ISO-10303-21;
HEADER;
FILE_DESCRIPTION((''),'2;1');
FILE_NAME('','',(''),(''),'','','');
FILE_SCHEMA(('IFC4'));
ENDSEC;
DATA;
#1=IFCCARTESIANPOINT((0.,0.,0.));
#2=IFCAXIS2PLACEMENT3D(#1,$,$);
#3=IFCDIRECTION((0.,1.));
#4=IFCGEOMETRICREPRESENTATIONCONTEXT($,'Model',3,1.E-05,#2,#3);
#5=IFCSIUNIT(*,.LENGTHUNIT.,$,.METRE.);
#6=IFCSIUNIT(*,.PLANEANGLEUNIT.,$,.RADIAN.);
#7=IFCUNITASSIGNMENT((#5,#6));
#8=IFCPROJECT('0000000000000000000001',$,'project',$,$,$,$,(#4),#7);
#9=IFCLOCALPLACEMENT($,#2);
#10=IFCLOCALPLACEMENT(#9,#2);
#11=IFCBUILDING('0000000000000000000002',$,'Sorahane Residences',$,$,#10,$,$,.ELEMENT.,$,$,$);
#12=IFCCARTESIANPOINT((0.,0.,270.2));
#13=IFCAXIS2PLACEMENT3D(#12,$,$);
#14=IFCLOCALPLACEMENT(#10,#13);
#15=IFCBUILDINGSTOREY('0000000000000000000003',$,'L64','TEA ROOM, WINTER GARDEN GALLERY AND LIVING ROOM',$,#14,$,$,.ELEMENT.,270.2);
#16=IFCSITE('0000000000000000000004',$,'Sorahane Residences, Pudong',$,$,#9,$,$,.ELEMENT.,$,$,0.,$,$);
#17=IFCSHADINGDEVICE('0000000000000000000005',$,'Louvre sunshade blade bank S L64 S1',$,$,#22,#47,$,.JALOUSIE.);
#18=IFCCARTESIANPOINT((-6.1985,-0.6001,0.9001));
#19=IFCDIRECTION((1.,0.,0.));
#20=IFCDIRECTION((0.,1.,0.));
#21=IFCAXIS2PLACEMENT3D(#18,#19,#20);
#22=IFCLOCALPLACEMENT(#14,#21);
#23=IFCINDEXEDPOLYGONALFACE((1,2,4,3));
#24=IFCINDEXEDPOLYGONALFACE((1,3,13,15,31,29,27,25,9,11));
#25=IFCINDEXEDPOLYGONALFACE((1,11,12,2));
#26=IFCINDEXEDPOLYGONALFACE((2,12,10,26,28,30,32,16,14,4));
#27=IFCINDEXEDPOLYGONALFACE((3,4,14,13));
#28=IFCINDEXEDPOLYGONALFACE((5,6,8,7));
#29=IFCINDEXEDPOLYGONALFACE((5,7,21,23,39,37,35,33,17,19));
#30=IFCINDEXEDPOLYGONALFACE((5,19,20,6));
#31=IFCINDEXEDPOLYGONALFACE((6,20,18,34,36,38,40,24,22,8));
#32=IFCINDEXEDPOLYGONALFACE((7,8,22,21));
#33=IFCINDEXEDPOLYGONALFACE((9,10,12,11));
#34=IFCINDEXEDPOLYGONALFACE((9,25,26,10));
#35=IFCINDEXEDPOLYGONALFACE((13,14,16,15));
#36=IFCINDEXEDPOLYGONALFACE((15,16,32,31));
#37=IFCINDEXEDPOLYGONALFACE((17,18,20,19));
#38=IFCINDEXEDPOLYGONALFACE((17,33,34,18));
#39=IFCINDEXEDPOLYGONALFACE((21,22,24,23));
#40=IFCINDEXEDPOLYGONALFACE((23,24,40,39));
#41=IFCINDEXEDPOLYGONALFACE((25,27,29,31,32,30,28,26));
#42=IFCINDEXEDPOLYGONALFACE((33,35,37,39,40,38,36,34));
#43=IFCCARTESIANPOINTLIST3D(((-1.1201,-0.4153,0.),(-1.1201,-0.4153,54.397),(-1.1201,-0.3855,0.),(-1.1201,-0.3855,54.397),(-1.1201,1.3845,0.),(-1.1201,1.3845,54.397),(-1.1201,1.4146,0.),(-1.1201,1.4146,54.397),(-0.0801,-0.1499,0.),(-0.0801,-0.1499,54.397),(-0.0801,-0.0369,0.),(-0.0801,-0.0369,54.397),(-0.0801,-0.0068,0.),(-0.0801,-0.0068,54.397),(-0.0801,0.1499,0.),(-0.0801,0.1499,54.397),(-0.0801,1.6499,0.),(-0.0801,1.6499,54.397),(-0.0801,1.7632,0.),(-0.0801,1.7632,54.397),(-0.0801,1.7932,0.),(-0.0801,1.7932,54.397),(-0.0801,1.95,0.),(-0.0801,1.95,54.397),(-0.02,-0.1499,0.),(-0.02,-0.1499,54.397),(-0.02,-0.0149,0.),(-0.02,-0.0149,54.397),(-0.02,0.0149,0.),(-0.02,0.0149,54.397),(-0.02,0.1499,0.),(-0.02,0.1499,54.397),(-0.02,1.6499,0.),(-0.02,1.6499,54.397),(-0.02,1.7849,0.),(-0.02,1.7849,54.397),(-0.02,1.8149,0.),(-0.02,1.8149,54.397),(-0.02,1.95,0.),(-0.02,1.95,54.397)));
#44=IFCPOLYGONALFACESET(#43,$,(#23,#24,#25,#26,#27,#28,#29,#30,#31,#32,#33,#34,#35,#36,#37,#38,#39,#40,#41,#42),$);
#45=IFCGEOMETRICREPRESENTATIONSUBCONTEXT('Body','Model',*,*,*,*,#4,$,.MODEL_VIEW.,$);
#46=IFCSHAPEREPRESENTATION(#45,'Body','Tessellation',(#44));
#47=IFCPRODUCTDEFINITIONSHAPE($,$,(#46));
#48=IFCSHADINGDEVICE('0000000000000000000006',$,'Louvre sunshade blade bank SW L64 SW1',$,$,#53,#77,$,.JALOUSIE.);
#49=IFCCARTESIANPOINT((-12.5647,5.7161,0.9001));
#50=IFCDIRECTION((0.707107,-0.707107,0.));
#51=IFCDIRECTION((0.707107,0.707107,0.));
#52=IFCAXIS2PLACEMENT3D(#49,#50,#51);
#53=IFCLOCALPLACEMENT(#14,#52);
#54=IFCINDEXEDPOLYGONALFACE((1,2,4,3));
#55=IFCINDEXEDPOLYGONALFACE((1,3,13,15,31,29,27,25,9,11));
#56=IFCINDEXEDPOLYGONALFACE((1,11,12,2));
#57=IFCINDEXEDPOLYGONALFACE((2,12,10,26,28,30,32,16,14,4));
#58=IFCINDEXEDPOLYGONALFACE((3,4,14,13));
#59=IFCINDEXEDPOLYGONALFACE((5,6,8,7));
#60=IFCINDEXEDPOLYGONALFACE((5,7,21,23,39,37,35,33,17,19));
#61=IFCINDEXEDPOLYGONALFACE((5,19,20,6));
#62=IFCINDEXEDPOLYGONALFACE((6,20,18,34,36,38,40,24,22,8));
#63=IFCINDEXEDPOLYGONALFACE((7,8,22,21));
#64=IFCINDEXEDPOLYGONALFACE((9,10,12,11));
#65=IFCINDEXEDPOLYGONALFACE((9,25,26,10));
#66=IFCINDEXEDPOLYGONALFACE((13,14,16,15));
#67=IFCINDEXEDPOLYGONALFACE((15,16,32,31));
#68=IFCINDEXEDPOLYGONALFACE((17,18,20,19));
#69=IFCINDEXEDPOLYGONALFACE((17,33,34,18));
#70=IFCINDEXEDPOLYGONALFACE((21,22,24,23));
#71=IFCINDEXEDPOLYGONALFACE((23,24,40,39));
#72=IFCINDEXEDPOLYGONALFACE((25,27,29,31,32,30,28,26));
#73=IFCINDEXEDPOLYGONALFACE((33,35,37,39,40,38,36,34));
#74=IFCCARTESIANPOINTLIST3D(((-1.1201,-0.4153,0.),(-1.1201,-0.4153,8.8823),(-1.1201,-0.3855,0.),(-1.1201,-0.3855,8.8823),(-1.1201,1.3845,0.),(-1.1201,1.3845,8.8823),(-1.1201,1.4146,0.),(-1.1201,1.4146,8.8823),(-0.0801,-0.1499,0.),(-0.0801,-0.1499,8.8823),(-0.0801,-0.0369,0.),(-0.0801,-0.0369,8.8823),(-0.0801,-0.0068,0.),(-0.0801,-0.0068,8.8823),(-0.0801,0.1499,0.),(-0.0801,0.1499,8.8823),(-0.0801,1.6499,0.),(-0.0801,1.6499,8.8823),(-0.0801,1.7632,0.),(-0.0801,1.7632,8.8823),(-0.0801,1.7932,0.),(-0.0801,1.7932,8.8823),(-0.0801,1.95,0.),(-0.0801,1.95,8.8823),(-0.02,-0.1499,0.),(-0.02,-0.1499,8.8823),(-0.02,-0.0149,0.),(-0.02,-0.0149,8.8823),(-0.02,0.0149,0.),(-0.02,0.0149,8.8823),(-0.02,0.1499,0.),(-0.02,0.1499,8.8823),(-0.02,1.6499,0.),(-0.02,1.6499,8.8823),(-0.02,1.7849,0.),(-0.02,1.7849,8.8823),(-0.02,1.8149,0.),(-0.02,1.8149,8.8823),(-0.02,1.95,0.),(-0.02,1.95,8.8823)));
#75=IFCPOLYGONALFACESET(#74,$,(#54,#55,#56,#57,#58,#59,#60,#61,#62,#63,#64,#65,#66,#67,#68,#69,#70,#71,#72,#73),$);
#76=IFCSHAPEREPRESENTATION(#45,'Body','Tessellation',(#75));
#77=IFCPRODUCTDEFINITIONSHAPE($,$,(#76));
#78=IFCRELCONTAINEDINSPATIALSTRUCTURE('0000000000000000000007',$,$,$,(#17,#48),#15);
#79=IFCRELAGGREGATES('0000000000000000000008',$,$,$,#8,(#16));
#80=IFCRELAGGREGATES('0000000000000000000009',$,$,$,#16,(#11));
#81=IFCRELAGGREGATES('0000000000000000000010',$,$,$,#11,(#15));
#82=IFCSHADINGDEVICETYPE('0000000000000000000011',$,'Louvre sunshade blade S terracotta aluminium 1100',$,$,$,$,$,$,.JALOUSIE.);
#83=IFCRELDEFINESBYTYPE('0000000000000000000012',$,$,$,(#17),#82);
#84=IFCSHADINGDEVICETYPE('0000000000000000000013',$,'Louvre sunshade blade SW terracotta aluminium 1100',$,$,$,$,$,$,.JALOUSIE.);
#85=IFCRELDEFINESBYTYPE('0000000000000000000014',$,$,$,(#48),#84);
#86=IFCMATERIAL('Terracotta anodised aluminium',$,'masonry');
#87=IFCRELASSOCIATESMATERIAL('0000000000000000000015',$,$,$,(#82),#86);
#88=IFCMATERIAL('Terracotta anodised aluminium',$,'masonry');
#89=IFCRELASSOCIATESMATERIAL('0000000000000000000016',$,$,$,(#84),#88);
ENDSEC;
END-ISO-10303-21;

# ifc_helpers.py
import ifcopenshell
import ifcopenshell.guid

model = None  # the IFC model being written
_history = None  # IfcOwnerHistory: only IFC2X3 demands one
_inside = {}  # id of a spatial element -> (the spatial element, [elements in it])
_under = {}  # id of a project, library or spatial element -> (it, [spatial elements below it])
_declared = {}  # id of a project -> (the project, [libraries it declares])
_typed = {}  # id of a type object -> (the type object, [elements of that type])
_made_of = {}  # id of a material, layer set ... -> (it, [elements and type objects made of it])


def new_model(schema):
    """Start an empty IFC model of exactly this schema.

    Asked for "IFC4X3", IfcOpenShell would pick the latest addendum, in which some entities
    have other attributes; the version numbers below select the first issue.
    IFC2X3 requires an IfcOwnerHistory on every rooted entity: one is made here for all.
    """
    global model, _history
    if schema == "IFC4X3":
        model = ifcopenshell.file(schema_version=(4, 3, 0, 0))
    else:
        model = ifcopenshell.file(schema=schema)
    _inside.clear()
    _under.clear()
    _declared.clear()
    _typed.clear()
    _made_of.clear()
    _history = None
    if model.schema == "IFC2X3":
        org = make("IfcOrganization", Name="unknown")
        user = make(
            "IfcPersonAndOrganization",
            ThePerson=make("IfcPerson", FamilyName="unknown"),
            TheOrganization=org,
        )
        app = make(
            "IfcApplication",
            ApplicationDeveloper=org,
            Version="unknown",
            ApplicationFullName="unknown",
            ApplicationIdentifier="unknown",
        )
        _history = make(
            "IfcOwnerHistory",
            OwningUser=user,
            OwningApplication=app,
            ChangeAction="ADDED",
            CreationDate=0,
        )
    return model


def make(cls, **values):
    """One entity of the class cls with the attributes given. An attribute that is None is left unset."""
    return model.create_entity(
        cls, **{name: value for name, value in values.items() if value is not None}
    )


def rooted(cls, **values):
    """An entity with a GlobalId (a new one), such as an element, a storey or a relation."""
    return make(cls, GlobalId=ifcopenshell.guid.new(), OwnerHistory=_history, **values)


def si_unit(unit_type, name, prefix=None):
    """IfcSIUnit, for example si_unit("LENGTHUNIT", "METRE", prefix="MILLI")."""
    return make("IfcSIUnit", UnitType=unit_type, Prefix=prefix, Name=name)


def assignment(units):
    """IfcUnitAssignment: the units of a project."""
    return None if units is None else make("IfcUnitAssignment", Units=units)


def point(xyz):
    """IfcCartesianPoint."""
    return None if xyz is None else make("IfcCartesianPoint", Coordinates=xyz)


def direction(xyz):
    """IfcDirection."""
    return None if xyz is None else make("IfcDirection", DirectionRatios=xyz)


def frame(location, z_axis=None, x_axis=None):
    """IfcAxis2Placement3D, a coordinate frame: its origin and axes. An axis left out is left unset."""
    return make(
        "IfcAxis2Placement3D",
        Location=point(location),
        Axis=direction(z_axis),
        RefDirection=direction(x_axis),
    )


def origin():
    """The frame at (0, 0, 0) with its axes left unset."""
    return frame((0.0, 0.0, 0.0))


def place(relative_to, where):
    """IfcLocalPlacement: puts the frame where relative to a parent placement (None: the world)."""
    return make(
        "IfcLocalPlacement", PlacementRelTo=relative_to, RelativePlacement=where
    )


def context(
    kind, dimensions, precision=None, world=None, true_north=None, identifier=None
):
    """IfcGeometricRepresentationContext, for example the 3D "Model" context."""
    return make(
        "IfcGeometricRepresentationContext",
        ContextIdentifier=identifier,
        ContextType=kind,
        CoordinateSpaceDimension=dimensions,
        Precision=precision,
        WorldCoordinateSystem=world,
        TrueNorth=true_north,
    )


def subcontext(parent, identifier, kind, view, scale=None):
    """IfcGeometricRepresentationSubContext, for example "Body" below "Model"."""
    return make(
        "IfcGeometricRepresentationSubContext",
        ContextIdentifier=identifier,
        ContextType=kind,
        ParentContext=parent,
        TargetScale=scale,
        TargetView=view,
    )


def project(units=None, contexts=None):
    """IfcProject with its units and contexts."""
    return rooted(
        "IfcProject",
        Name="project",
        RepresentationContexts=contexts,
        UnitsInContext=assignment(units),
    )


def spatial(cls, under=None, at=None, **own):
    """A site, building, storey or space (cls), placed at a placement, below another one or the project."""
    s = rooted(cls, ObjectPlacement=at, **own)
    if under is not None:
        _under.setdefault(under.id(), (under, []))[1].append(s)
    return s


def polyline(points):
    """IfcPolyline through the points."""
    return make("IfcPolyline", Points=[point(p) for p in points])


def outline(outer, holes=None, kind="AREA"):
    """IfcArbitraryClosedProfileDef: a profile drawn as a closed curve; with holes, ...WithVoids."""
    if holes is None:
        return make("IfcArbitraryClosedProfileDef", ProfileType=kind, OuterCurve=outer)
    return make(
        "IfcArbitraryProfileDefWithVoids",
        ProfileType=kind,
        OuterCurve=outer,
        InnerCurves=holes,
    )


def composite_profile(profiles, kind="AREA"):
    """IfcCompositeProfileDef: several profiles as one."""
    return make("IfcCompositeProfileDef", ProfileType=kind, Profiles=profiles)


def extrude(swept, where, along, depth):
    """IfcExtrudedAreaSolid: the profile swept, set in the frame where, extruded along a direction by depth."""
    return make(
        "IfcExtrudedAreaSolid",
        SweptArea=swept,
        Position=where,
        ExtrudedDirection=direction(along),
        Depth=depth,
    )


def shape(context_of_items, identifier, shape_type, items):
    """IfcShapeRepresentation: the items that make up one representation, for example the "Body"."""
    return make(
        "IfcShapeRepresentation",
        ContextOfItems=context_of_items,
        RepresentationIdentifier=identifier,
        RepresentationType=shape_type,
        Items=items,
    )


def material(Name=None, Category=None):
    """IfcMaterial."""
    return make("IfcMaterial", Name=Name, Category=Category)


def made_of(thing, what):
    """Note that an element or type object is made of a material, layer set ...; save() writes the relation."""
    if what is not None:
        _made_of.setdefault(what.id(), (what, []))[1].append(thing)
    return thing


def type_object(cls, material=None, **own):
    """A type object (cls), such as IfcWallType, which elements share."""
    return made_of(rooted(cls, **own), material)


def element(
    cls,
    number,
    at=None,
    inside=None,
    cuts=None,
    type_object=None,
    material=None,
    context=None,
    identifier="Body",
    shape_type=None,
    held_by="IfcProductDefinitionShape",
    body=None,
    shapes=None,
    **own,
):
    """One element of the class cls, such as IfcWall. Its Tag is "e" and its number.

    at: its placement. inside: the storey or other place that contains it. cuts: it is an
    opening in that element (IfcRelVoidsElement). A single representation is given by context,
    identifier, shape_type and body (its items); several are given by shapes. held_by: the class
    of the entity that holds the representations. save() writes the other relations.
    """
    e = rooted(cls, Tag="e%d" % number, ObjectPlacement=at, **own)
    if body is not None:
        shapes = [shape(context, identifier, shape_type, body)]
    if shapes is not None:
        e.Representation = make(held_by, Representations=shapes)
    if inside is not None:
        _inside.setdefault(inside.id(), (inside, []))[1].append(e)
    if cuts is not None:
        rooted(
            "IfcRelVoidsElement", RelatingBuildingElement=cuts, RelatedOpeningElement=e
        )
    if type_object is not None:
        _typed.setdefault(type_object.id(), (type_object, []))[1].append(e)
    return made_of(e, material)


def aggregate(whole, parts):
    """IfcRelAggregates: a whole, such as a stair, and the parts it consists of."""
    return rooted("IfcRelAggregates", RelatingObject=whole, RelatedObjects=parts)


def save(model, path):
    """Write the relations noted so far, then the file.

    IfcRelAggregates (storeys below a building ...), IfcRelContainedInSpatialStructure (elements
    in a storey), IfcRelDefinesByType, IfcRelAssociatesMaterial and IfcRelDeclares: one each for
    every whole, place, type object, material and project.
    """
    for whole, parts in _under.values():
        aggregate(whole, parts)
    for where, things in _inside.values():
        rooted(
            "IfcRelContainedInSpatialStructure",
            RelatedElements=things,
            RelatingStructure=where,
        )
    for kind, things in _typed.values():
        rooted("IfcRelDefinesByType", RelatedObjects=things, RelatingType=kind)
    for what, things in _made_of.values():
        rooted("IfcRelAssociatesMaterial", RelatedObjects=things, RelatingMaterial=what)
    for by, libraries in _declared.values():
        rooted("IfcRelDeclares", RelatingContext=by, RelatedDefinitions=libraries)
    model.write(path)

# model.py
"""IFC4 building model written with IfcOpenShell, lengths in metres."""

from ifc_helpers import new_model, si_unit, direction, frame, origin, place, context, subcontext, project, spatial, polyline, outline, composite_profile, extrude, material, type_object, element, save


model = new_model("IFC4")

# Units and contexts
model_context = context("Model", 3, precision=1e-05, world=origin(), true_north=direction((0.0, 1.0)))
body_context = subcontext(model_context, "Body", "Model", "MODEL_VIEW")
ifc_project = project(units=[si_unit("LENGTHUNIT", "METRE"), si_unit("PLANEANGLEUNIT", "RADIAN")], contexts=[model_context])

# Site, building, storey
site_placement = place(None, origin())
site = spatial("IfcSite", under=ifc_project, at=site_placement, Name="Sorahane Residences, Pudong", CompositionType="ELEMENT", RefElevation=0.0)
building_placement = place(site_placement, origin())
building = spatial("IfcBuilding", under=site, at=building_placement, Name="Sorahane Residences", CompositionType="ELEMENT")
storey_placement = place(building_placement, frame((0.0, 0.0, 270.2)))
storey = spatial("IfcBuildingStorey", under=building, at=storey_placement, Name="L64", Description="TEA ROOM, WINTER GARDEN GALLERY AND LIVING ROOM", CompositionType="ELEMENT", Elevation=270.2)

# Shading devices
ifc_material_1 = material(Name="Terracotta anodised aluminium", Category="masonry")
shading_device_type_1 = type_object("IfcShadingDeviceType", Name="Louvre sunshade blade S terracotta aluminium 1100", PredefinedType="JALOUSIE", material=ifc_material_1)
shading_device_1_placement = place(storey_placement, frame((-6.1985, -0.6001, 0.9001), z_axis=(1.0, 0.0, 0.0), x_axis=(0.0, 1.0, 0.0)))
element("IfcShadingDevice", 1, at=shading_device_1_placement, inside=storey, type_object=shading_device_type_1, Name="Louvre sunshade blade bank S L64 S1", PredefinedType="JALOUSIE", context=body_context, shape_type="SweptSolid", body=[
    extrude(composite_profile([outline(polyline([(-1.1201, -0.3855), (-1.1201, -0.4153), (-0.0801, -0.0369), (-0.0801, -0.1499), (-0.02, -0.1499), (-0.02, -0.0149), (-0.02, 0.0149), (-0.02, 0.1499), (-0.0801, 0.1499), (-0.0801, -0.0068), (-1.1201, -0.3855)])), outline(polyline([(-1.1201, 1.4146), (-1.1201, 1.3845), (-0.0801, 1.7632), (-0.0801, 1.6499), (-0.02, 1.6499), (-0.02, 1.7849), (-0.02, 1.8149), (-0.02, 1.95), (-0.0801, 1.95), (-0.0801, 1.7932), (-1.1201, 1.4146)]))]), origin(), (0.0, 0.0, 1.0), 54.397),
])
ifc_material_2 = material(Name="Terracotta anodised aluminium", Category="masonry")
shading_device_type_2 = type_object("IfcShadingDeviceType", Name="Louvre sunshade blade SW terracotta aluminium 1100", PredefinedType="JALOUSIE", material=ifc_material_2)
shading_device_2_placement = place(storey_placement, frame((-12.5647, 5.7161, 0.9001), z_axis=(0.707107, -0.707107, 0.0), x_axis=(0.707107, 0.707107, 0.0)))
element("IfcShadingDevice", 2, at=shading_device_2_placement, inside=storey, type_object=shading_device_type_2, Name="Louvre sunshade blade bank SW L64 SW1", PredefinedType="JALOUSIE", context=body_context, shape_type="SweptSolid", body=[
    extrude(composite_profile([outline(polyline([(-1.1201, -0.3855), (-1.1201, -0.4153), (-0.0801, -0.0369), (-0.0801, -0.1499), (-0.02, -0.1499), (-0.02, -0.0149), (-0.02, 0.0149), (-0.02, 0.1499), (-0.0801, 0.1499), (-0.0801, -0.0068), (-1.1201, -0.3855)])), outline(polyline([(-1.1201, 1.4146), (-1.1201, 1.3845), (-0.0801, 1.7632), (-0.0801, 1.6499), (-0.02, 1.6499), (-0.02, 1.7849), (-0.02, 1.8149), (-0.02, 1.95), (-0.0801, 1.95), (-0.0801, 1.7932), (-1.1201, 1.4146)]))]), origin(), (0.0, 0.0, 1.0), 8.8823),
])

save(model, "model.ifc")
